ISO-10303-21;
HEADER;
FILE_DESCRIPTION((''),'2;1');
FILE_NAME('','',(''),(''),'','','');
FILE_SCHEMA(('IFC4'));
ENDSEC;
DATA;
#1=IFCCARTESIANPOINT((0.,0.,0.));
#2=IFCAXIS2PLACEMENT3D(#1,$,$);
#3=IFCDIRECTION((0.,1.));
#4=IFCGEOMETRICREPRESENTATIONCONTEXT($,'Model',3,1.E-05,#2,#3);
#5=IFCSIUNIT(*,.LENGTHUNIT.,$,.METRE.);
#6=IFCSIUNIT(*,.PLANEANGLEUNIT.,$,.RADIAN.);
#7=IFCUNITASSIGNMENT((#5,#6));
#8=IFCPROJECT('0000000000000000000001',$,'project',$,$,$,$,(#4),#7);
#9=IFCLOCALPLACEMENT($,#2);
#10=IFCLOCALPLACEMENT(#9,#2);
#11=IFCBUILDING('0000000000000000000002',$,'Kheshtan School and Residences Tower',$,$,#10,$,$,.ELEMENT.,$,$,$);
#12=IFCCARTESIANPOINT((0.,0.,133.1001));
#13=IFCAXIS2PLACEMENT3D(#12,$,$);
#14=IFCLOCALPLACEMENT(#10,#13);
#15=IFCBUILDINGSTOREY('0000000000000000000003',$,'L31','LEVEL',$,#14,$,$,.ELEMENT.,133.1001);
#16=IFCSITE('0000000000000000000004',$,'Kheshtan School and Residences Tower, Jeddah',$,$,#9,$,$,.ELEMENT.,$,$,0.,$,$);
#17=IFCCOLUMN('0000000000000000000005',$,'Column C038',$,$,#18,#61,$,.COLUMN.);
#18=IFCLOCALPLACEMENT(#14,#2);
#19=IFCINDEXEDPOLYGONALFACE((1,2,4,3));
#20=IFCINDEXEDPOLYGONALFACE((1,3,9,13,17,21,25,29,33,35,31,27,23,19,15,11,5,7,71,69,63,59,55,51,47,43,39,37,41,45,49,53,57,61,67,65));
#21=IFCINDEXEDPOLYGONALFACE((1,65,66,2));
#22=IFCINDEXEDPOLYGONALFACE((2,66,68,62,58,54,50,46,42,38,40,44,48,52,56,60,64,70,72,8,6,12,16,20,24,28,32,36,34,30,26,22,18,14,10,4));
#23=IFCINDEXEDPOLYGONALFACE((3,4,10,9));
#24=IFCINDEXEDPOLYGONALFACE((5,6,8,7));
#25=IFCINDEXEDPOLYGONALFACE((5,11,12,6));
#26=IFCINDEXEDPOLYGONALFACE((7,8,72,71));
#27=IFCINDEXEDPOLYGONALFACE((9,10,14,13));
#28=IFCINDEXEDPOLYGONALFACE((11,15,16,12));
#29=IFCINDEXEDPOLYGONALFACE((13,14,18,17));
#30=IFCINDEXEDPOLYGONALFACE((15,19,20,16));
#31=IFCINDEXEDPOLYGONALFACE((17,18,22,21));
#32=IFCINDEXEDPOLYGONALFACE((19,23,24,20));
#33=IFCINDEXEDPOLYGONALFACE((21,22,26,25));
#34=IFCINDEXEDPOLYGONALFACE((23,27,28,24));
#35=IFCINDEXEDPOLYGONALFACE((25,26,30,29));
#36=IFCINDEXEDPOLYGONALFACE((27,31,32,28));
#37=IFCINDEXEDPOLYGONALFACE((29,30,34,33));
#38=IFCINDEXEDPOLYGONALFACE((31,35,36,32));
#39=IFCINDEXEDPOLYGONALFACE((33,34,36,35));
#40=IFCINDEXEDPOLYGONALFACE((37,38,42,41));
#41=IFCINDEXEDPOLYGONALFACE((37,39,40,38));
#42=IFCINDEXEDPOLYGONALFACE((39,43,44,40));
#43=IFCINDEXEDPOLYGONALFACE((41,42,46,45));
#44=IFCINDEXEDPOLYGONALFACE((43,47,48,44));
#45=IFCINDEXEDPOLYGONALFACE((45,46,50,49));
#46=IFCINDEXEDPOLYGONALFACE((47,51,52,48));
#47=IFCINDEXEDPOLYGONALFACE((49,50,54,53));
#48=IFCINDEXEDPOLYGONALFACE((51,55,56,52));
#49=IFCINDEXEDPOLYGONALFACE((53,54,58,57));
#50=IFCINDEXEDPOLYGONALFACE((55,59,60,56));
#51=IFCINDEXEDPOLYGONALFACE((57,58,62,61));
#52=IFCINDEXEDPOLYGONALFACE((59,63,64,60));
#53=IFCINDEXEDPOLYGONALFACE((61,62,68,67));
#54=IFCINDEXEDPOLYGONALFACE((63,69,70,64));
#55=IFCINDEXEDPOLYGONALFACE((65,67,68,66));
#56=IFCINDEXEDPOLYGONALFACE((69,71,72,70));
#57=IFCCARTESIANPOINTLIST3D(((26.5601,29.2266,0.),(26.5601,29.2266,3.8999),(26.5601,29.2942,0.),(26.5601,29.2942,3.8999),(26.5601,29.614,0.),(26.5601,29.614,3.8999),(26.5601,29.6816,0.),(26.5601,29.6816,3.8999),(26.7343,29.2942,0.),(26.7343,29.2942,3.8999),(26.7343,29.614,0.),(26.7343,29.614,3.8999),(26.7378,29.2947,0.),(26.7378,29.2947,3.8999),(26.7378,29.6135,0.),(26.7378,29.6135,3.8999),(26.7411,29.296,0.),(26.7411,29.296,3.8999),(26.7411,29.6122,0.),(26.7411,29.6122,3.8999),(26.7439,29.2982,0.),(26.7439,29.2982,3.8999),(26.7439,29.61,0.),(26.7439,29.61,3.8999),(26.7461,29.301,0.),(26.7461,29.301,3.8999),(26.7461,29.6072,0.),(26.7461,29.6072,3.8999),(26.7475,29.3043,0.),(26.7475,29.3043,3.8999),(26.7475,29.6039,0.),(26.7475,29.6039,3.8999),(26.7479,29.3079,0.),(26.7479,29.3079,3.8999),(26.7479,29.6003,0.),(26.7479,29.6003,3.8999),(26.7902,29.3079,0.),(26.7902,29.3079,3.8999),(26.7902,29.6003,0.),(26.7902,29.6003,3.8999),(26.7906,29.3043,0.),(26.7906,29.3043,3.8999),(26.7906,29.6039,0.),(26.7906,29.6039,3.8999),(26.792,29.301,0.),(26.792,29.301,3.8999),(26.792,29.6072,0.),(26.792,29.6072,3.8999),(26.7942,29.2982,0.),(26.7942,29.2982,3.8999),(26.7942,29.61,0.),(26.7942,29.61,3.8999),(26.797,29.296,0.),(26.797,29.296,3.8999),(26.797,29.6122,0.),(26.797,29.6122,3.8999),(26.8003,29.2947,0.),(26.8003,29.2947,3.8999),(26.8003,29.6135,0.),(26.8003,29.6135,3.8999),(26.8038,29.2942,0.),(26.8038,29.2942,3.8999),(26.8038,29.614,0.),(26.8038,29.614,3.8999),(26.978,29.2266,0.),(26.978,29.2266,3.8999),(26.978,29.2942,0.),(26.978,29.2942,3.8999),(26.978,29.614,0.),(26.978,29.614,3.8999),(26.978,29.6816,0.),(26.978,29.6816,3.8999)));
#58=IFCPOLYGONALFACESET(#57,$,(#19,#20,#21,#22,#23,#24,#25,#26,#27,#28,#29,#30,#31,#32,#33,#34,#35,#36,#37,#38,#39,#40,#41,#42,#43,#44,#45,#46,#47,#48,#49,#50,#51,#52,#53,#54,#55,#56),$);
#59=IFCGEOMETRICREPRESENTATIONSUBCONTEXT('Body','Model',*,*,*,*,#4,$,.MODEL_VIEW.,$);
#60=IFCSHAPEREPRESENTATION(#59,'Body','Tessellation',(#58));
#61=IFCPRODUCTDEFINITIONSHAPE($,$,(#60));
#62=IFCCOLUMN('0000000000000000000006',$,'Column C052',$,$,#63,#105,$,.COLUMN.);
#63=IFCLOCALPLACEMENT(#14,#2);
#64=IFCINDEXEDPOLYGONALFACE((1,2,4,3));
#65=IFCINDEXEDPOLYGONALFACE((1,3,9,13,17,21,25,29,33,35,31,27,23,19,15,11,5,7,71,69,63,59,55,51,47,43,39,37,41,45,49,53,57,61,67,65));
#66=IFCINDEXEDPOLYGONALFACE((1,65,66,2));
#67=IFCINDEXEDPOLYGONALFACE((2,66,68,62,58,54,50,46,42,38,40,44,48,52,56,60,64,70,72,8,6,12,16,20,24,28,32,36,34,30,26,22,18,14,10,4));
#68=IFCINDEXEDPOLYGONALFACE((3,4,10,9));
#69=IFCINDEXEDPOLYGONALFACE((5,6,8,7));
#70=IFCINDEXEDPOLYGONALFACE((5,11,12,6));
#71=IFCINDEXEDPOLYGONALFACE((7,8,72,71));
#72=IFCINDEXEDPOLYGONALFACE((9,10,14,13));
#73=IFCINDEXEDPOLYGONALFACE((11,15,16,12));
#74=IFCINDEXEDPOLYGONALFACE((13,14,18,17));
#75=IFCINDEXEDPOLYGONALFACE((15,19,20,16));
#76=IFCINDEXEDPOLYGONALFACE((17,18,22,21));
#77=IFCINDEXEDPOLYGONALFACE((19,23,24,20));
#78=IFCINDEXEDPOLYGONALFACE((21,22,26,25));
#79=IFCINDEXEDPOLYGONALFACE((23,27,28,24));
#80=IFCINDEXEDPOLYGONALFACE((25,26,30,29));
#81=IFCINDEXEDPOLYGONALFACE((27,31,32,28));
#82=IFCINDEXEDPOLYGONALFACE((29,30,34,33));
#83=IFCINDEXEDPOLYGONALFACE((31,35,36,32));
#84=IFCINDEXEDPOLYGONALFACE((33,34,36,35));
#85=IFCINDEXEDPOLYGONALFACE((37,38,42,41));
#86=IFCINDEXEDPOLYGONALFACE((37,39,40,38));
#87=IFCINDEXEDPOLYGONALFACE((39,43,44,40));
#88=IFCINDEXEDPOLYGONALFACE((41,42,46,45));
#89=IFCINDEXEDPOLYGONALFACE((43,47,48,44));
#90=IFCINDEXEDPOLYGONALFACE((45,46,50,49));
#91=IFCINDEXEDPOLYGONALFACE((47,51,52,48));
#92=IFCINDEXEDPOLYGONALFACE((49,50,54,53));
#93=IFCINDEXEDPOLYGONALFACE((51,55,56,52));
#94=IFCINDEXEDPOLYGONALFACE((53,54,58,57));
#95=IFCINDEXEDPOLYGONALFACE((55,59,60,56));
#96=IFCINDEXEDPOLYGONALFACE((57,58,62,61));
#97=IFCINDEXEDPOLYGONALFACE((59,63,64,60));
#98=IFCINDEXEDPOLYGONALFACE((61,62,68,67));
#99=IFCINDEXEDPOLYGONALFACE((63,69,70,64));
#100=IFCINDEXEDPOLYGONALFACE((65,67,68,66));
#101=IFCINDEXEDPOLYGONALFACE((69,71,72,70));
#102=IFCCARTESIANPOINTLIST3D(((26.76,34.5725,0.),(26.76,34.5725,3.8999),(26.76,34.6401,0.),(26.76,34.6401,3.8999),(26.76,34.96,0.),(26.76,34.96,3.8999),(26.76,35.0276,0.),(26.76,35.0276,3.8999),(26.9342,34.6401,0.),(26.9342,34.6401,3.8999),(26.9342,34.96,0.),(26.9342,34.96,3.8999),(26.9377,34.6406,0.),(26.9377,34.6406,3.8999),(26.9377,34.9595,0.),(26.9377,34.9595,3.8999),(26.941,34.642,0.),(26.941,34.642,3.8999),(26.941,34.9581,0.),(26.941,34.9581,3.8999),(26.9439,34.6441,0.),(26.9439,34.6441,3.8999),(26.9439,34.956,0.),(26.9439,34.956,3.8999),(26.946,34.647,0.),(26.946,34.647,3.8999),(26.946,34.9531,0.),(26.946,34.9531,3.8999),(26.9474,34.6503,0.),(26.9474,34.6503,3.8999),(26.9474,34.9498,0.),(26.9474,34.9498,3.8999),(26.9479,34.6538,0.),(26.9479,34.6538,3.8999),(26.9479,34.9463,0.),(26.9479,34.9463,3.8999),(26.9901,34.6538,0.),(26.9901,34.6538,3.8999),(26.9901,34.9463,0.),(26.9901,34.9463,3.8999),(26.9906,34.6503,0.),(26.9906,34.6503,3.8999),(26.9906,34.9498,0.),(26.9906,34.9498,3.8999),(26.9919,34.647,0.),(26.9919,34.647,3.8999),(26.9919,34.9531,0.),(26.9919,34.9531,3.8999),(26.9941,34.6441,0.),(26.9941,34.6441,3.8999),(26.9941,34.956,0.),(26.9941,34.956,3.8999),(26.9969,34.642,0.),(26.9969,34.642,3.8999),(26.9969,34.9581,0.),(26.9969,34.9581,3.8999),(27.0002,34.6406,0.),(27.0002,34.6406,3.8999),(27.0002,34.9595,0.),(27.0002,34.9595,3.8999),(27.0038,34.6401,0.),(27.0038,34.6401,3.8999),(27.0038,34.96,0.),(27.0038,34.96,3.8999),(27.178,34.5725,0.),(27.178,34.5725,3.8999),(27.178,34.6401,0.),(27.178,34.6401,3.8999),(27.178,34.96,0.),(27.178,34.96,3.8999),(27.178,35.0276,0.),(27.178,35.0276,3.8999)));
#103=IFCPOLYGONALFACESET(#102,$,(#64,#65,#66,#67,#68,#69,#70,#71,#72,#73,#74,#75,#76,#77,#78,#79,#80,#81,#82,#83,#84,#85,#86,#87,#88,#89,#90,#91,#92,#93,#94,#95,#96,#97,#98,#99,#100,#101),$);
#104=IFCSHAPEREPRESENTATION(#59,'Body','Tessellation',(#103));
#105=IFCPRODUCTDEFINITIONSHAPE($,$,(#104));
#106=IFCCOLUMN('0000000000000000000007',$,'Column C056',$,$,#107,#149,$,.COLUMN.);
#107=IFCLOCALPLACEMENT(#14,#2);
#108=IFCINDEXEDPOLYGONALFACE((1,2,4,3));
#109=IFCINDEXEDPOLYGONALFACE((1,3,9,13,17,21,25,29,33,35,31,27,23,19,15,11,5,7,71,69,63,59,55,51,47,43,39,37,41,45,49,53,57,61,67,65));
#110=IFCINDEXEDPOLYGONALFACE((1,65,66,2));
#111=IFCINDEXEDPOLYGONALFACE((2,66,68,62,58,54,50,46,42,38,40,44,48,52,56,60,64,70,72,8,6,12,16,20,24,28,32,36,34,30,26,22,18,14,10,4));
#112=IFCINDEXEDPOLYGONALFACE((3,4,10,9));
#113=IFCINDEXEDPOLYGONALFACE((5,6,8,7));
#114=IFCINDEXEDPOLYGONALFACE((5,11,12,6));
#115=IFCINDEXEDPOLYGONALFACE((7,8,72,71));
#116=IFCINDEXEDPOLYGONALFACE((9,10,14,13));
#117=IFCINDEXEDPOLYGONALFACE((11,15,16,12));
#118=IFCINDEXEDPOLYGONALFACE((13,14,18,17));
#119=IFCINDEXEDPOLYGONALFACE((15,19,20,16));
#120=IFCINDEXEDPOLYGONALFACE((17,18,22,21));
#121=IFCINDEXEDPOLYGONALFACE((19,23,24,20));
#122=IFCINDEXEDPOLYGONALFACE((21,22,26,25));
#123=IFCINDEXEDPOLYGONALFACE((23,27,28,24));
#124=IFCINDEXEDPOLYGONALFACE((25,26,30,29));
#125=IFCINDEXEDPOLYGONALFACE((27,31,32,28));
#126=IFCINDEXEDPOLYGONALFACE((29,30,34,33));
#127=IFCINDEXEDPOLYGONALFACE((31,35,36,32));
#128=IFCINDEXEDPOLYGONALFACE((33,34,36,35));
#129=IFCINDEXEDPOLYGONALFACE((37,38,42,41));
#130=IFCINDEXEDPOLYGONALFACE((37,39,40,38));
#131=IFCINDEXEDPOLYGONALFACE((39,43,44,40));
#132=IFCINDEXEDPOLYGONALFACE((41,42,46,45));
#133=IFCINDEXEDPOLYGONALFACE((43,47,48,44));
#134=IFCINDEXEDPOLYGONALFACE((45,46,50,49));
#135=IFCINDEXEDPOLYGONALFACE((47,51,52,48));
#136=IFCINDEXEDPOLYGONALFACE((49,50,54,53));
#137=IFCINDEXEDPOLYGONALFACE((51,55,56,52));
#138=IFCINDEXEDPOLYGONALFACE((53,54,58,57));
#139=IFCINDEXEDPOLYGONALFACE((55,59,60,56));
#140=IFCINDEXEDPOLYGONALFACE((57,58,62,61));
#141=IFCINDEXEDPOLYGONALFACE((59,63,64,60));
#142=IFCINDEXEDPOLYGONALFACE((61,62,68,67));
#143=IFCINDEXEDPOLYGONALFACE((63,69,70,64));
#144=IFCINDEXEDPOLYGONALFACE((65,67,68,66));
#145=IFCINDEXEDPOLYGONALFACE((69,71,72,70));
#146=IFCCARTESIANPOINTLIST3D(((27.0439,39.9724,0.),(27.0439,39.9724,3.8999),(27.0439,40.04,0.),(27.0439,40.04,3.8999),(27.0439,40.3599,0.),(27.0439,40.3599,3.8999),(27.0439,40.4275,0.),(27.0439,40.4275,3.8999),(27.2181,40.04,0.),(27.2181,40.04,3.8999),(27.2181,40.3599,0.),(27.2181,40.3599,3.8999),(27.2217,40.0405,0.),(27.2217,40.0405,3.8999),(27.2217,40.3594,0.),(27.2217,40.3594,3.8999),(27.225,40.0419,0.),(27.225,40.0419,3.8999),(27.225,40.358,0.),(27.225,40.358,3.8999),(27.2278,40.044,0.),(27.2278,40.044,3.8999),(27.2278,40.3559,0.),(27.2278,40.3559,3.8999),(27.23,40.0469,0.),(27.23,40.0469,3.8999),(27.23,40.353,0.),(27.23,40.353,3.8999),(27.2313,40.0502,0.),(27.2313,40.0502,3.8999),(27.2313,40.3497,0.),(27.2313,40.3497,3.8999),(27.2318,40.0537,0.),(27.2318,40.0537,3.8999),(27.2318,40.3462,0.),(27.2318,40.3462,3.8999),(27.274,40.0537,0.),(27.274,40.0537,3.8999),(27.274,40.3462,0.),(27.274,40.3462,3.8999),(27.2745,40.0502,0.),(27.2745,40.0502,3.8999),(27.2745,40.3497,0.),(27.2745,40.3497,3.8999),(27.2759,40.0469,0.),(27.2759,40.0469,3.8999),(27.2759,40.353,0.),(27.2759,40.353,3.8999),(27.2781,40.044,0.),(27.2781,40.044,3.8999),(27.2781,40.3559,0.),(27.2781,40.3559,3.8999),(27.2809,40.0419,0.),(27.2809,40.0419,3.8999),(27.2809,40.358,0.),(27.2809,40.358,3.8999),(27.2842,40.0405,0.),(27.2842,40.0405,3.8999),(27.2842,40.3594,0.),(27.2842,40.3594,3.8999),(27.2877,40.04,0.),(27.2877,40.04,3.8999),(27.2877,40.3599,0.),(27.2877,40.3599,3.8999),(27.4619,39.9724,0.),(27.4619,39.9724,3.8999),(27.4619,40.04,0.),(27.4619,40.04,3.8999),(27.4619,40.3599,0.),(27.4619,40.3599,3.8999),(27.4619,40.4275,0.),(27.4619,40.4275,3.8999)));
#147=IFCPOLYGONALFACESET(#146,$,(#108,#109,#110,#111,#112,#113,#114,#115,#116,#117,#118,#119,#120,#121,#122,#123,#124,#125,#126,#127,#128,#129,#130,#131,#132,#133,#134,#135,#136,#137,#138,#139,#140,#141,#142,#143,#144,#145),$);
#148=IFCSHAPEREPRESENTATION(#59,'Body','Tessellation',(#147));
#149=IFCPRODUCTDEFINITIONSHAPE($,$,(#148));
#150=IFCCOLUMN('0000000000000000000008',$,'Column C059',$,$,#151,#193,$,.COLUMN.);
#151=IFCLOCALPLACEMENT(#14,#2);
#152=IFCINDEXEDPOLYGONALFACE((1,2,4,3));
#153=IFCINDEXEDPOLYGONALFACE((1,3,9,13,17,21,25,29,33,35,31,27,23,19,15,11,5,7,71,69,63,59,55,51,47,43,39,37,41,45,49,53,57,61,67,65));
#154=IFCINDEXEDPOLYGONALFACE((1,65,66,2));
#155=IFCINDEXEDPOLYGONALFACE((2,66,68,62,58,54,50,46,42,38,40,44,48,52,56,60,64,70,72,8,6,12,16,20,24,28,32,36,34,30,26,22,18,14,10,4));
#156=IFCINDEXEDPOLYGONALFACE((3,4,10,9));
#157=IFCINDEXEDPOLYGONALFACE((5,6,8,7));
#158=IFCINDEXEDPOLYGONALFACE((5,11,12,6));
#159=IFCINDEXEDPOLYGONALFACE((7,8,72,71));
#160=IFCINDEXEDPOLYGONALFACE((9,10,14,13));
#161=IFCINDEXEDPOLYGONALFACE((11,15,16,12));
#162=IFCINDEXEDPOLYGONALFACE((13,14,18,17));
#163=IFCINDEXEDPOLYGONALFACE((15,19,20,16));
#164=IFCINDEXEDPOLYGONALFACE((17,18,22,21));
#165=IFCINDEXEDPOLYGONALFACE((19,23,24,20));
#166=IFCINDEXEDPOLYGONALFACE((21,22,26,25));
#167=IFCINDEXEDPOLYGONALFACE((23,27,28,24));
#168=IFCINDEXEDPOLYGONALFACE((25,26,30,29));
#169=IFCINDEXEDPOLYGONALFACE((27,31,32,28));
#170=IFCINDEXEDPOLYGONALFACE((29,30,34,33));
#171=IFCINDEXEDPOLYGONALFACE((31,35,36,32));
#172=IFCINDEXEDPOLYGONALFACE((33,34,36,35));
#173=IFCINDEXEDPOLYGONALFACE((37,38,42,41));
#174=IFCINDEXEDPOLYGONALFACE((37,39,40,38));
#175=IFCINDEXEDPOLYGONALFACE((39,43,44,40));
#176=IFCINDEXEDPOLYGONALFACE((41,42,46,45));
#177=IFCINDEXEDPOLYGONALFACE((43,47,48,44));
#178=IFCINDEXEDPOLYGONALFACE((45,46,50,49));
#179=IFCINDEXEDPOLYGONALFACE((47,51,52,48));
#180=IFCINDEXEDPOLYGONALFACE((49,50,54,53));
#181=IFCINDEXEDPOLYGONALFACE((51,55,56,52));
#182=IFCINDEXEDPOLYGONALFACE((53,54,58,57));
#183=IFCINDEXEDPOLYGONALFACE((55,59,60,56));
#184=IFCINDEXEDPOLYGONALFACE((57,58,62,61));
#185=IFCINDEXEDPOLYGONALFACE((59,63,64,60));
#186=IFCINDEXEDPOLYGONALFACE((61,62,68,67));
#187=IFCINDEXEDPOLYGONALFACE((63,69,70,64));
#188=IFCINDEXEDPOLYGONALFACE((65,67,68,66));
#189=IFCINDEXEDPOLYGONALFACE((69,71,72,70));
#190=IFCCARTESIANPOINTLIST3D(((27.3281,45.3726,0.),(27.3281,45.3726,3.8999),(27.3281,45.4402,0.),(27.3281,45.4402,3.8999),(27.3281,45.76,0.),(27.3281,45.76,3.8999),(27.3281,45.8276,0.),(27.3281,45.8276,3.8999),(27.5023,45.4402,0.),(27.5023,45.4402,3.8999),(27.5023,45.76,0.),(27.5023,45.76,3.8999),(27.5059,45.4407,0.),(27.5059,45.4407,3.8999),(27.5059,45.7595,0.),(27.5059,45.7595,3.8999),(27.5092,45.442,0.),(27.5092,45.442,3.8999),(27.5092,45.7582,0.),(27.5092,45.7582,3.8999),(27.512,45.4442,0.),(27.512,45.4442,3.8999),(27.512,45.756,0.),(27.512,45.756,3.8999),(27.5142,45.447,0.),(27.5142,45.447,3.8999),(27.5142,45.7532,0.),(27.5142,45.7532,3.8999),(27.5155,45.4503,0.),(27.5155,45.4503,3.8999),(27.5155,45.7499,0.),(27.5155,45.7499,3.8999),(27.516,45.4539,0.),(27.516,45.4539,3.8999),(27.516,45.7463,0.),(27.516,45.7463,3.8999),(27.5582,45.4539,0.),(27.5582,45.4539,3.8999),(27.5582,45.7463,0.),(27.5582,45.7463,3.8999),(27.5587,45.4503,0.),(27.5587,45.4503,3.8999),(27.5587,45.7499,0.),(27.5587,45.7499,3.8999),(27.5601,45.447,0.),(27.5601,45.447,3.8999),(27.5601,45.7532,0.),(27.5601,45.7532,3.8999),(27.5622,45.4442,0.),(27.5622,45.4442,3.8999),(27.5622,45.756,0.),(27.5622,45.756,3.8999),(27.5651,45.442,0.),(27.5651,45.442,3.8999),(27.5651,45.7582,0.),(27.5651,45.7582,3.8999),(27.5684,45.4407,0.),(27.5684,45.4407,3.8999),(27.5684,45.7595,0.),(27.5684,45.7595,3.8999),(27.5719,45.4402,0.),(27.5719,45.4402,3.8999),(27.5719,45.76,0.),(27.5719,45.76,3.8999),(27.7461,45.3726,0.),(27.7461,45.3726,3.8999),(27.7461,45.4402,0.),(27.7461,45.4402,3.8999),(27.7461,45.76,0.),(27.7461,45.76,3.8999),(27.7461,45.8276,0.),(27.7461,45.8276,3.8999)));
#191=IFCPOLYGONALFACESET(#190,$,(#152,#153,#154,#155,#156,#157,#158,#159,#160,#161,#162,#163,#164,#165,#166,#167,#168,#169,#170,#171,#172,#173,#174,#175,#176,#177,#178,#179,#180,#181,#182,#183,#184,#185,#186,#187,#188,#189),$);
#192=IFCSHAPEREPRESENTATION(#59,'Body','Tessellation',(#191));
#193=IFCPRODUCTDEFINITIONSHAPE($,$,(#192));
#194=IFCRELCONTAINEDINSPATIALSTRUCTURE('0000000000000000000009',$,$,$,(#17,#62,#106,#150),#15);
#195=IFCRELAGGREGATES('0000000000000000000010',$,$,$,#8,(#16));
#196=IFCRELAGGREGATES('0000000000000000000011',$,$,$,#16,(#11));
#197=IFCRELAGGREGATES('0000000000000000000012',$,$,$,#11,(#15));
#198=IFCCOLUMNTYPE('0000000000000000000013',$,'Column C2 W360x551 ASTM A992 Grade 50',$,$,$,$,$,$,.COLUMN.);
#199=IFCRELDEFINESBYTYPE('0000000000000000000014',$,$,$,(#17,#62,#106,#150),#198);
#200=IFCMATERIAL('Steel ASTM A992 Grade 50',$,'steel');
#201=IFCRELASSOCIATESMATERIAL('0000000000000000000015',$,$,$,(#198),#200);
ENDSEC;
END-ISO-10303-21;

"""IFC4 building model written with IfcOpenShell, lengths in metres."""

from ifc_helpers import new_model, si_unit, direction, frame, origin, origin_2d, place, context, subcontext, project, spatial, i_section, extrude, material, material_profile, profile_set, type_object, element, save


model = new_model("IFC4")

# Units and contexts
model_context = context("Model", 3, precision=1e-05, world=origin(), true_north=direction((0.0, 1.0)))
body_context = subcontext(model_context, "Body", "Model", "MODEL_VIEW")
ifc_project = project(units=[si_unit("LENGTHUNIT", "METRE"), si_unit("PLANEANGLEUNIT", "RADIAN")], contexts=[model_context])

# Site, building, storey
site_placement = place(None, origin())
site = spatial("IfcSite", under=ifc_project, at=site_placement, Name="Kheshtan School and Residences Tower, Jeddah", CompositionType="ELEMENT", RefElevation=0.0)
building_placement = place(site_placement, origin())
building = spatial("IfcBuilding", under=site, at=building_placement, Name="Kheshtan School and Residences Tower", CompositionType="ELEMENT")
storey_placement = place(building_placement, frame((0.0, 0.0, 133.1001)))
storey = spatial("IfcBuildingStorey", under=building, at=storey_placement, Name="L31", Description="LEVEL", CompositionType="ELEMENT", Elevation=133.1001)

# Columns
ifc_material_1 = material(Name="Steel ASTM A992 Grade 50", Category="steel")
ifc_material_profile_1 = material_profile(ifc_material_1, i_section(OverallWidth=0.418, OverallDepth=0.4551, WebThickness=0.0422, FlangeThickness=0.0676, FilletRadius=0.0137, at=origin_2d()), Name="W360x551")
ifc_profile_set_1 = profile_set([ifc_material_profile_1], Name="Steel ASTM A992 Grade 50")
column_type = type_object("IfcColumnType", Name="Column C2 W360x551 ASTM A992 Grade 50", PredefinedType="COLUMN", material=ifc_profile_set_1)
for number, where, z_axis, x_axis, name in (
    (1, (26.769, 29.4541, 0.0), (0.0, 0.0, 1.0), (1.0, 0.0, 0.0), "Column C038"),
    (2, (26.969, 34.8, 0.0), (0.0, 0.0, 1.0), (1.0, 0.0, 0.0), "Column C052"),
    (3, (27.2529, 40.2, 0.0), (0.0, 0.0, 1.0), (1.0, 0.0, 0.0), "Column C056"),
    (4, (27.5371, 45.6001, 0.0), (0.0, 0.0, 1.0), (1.0, 0.0, 0.0), "Column C059"),
):
    element("IfcColumn", number, at=place(storey_placement, frame(where, z_axis=z_axis, x_axis=x_axis)), inside=storey, type_object=column_type, Name=name, PredefinedType="COLUMN", context=body_context, shape_type="SweptSolid", body=[
        extrude(i_section(OverallWidth=0.418, OverallDepth=0.4551, WebThickness=0.0422, FlangeThickness=0.0676, FilletRadius=0.0137, at=origin_2d()), origin(), (0.0, 0.0, 1.0), 3.8999),
    ])

save(model, "model.ifc")
